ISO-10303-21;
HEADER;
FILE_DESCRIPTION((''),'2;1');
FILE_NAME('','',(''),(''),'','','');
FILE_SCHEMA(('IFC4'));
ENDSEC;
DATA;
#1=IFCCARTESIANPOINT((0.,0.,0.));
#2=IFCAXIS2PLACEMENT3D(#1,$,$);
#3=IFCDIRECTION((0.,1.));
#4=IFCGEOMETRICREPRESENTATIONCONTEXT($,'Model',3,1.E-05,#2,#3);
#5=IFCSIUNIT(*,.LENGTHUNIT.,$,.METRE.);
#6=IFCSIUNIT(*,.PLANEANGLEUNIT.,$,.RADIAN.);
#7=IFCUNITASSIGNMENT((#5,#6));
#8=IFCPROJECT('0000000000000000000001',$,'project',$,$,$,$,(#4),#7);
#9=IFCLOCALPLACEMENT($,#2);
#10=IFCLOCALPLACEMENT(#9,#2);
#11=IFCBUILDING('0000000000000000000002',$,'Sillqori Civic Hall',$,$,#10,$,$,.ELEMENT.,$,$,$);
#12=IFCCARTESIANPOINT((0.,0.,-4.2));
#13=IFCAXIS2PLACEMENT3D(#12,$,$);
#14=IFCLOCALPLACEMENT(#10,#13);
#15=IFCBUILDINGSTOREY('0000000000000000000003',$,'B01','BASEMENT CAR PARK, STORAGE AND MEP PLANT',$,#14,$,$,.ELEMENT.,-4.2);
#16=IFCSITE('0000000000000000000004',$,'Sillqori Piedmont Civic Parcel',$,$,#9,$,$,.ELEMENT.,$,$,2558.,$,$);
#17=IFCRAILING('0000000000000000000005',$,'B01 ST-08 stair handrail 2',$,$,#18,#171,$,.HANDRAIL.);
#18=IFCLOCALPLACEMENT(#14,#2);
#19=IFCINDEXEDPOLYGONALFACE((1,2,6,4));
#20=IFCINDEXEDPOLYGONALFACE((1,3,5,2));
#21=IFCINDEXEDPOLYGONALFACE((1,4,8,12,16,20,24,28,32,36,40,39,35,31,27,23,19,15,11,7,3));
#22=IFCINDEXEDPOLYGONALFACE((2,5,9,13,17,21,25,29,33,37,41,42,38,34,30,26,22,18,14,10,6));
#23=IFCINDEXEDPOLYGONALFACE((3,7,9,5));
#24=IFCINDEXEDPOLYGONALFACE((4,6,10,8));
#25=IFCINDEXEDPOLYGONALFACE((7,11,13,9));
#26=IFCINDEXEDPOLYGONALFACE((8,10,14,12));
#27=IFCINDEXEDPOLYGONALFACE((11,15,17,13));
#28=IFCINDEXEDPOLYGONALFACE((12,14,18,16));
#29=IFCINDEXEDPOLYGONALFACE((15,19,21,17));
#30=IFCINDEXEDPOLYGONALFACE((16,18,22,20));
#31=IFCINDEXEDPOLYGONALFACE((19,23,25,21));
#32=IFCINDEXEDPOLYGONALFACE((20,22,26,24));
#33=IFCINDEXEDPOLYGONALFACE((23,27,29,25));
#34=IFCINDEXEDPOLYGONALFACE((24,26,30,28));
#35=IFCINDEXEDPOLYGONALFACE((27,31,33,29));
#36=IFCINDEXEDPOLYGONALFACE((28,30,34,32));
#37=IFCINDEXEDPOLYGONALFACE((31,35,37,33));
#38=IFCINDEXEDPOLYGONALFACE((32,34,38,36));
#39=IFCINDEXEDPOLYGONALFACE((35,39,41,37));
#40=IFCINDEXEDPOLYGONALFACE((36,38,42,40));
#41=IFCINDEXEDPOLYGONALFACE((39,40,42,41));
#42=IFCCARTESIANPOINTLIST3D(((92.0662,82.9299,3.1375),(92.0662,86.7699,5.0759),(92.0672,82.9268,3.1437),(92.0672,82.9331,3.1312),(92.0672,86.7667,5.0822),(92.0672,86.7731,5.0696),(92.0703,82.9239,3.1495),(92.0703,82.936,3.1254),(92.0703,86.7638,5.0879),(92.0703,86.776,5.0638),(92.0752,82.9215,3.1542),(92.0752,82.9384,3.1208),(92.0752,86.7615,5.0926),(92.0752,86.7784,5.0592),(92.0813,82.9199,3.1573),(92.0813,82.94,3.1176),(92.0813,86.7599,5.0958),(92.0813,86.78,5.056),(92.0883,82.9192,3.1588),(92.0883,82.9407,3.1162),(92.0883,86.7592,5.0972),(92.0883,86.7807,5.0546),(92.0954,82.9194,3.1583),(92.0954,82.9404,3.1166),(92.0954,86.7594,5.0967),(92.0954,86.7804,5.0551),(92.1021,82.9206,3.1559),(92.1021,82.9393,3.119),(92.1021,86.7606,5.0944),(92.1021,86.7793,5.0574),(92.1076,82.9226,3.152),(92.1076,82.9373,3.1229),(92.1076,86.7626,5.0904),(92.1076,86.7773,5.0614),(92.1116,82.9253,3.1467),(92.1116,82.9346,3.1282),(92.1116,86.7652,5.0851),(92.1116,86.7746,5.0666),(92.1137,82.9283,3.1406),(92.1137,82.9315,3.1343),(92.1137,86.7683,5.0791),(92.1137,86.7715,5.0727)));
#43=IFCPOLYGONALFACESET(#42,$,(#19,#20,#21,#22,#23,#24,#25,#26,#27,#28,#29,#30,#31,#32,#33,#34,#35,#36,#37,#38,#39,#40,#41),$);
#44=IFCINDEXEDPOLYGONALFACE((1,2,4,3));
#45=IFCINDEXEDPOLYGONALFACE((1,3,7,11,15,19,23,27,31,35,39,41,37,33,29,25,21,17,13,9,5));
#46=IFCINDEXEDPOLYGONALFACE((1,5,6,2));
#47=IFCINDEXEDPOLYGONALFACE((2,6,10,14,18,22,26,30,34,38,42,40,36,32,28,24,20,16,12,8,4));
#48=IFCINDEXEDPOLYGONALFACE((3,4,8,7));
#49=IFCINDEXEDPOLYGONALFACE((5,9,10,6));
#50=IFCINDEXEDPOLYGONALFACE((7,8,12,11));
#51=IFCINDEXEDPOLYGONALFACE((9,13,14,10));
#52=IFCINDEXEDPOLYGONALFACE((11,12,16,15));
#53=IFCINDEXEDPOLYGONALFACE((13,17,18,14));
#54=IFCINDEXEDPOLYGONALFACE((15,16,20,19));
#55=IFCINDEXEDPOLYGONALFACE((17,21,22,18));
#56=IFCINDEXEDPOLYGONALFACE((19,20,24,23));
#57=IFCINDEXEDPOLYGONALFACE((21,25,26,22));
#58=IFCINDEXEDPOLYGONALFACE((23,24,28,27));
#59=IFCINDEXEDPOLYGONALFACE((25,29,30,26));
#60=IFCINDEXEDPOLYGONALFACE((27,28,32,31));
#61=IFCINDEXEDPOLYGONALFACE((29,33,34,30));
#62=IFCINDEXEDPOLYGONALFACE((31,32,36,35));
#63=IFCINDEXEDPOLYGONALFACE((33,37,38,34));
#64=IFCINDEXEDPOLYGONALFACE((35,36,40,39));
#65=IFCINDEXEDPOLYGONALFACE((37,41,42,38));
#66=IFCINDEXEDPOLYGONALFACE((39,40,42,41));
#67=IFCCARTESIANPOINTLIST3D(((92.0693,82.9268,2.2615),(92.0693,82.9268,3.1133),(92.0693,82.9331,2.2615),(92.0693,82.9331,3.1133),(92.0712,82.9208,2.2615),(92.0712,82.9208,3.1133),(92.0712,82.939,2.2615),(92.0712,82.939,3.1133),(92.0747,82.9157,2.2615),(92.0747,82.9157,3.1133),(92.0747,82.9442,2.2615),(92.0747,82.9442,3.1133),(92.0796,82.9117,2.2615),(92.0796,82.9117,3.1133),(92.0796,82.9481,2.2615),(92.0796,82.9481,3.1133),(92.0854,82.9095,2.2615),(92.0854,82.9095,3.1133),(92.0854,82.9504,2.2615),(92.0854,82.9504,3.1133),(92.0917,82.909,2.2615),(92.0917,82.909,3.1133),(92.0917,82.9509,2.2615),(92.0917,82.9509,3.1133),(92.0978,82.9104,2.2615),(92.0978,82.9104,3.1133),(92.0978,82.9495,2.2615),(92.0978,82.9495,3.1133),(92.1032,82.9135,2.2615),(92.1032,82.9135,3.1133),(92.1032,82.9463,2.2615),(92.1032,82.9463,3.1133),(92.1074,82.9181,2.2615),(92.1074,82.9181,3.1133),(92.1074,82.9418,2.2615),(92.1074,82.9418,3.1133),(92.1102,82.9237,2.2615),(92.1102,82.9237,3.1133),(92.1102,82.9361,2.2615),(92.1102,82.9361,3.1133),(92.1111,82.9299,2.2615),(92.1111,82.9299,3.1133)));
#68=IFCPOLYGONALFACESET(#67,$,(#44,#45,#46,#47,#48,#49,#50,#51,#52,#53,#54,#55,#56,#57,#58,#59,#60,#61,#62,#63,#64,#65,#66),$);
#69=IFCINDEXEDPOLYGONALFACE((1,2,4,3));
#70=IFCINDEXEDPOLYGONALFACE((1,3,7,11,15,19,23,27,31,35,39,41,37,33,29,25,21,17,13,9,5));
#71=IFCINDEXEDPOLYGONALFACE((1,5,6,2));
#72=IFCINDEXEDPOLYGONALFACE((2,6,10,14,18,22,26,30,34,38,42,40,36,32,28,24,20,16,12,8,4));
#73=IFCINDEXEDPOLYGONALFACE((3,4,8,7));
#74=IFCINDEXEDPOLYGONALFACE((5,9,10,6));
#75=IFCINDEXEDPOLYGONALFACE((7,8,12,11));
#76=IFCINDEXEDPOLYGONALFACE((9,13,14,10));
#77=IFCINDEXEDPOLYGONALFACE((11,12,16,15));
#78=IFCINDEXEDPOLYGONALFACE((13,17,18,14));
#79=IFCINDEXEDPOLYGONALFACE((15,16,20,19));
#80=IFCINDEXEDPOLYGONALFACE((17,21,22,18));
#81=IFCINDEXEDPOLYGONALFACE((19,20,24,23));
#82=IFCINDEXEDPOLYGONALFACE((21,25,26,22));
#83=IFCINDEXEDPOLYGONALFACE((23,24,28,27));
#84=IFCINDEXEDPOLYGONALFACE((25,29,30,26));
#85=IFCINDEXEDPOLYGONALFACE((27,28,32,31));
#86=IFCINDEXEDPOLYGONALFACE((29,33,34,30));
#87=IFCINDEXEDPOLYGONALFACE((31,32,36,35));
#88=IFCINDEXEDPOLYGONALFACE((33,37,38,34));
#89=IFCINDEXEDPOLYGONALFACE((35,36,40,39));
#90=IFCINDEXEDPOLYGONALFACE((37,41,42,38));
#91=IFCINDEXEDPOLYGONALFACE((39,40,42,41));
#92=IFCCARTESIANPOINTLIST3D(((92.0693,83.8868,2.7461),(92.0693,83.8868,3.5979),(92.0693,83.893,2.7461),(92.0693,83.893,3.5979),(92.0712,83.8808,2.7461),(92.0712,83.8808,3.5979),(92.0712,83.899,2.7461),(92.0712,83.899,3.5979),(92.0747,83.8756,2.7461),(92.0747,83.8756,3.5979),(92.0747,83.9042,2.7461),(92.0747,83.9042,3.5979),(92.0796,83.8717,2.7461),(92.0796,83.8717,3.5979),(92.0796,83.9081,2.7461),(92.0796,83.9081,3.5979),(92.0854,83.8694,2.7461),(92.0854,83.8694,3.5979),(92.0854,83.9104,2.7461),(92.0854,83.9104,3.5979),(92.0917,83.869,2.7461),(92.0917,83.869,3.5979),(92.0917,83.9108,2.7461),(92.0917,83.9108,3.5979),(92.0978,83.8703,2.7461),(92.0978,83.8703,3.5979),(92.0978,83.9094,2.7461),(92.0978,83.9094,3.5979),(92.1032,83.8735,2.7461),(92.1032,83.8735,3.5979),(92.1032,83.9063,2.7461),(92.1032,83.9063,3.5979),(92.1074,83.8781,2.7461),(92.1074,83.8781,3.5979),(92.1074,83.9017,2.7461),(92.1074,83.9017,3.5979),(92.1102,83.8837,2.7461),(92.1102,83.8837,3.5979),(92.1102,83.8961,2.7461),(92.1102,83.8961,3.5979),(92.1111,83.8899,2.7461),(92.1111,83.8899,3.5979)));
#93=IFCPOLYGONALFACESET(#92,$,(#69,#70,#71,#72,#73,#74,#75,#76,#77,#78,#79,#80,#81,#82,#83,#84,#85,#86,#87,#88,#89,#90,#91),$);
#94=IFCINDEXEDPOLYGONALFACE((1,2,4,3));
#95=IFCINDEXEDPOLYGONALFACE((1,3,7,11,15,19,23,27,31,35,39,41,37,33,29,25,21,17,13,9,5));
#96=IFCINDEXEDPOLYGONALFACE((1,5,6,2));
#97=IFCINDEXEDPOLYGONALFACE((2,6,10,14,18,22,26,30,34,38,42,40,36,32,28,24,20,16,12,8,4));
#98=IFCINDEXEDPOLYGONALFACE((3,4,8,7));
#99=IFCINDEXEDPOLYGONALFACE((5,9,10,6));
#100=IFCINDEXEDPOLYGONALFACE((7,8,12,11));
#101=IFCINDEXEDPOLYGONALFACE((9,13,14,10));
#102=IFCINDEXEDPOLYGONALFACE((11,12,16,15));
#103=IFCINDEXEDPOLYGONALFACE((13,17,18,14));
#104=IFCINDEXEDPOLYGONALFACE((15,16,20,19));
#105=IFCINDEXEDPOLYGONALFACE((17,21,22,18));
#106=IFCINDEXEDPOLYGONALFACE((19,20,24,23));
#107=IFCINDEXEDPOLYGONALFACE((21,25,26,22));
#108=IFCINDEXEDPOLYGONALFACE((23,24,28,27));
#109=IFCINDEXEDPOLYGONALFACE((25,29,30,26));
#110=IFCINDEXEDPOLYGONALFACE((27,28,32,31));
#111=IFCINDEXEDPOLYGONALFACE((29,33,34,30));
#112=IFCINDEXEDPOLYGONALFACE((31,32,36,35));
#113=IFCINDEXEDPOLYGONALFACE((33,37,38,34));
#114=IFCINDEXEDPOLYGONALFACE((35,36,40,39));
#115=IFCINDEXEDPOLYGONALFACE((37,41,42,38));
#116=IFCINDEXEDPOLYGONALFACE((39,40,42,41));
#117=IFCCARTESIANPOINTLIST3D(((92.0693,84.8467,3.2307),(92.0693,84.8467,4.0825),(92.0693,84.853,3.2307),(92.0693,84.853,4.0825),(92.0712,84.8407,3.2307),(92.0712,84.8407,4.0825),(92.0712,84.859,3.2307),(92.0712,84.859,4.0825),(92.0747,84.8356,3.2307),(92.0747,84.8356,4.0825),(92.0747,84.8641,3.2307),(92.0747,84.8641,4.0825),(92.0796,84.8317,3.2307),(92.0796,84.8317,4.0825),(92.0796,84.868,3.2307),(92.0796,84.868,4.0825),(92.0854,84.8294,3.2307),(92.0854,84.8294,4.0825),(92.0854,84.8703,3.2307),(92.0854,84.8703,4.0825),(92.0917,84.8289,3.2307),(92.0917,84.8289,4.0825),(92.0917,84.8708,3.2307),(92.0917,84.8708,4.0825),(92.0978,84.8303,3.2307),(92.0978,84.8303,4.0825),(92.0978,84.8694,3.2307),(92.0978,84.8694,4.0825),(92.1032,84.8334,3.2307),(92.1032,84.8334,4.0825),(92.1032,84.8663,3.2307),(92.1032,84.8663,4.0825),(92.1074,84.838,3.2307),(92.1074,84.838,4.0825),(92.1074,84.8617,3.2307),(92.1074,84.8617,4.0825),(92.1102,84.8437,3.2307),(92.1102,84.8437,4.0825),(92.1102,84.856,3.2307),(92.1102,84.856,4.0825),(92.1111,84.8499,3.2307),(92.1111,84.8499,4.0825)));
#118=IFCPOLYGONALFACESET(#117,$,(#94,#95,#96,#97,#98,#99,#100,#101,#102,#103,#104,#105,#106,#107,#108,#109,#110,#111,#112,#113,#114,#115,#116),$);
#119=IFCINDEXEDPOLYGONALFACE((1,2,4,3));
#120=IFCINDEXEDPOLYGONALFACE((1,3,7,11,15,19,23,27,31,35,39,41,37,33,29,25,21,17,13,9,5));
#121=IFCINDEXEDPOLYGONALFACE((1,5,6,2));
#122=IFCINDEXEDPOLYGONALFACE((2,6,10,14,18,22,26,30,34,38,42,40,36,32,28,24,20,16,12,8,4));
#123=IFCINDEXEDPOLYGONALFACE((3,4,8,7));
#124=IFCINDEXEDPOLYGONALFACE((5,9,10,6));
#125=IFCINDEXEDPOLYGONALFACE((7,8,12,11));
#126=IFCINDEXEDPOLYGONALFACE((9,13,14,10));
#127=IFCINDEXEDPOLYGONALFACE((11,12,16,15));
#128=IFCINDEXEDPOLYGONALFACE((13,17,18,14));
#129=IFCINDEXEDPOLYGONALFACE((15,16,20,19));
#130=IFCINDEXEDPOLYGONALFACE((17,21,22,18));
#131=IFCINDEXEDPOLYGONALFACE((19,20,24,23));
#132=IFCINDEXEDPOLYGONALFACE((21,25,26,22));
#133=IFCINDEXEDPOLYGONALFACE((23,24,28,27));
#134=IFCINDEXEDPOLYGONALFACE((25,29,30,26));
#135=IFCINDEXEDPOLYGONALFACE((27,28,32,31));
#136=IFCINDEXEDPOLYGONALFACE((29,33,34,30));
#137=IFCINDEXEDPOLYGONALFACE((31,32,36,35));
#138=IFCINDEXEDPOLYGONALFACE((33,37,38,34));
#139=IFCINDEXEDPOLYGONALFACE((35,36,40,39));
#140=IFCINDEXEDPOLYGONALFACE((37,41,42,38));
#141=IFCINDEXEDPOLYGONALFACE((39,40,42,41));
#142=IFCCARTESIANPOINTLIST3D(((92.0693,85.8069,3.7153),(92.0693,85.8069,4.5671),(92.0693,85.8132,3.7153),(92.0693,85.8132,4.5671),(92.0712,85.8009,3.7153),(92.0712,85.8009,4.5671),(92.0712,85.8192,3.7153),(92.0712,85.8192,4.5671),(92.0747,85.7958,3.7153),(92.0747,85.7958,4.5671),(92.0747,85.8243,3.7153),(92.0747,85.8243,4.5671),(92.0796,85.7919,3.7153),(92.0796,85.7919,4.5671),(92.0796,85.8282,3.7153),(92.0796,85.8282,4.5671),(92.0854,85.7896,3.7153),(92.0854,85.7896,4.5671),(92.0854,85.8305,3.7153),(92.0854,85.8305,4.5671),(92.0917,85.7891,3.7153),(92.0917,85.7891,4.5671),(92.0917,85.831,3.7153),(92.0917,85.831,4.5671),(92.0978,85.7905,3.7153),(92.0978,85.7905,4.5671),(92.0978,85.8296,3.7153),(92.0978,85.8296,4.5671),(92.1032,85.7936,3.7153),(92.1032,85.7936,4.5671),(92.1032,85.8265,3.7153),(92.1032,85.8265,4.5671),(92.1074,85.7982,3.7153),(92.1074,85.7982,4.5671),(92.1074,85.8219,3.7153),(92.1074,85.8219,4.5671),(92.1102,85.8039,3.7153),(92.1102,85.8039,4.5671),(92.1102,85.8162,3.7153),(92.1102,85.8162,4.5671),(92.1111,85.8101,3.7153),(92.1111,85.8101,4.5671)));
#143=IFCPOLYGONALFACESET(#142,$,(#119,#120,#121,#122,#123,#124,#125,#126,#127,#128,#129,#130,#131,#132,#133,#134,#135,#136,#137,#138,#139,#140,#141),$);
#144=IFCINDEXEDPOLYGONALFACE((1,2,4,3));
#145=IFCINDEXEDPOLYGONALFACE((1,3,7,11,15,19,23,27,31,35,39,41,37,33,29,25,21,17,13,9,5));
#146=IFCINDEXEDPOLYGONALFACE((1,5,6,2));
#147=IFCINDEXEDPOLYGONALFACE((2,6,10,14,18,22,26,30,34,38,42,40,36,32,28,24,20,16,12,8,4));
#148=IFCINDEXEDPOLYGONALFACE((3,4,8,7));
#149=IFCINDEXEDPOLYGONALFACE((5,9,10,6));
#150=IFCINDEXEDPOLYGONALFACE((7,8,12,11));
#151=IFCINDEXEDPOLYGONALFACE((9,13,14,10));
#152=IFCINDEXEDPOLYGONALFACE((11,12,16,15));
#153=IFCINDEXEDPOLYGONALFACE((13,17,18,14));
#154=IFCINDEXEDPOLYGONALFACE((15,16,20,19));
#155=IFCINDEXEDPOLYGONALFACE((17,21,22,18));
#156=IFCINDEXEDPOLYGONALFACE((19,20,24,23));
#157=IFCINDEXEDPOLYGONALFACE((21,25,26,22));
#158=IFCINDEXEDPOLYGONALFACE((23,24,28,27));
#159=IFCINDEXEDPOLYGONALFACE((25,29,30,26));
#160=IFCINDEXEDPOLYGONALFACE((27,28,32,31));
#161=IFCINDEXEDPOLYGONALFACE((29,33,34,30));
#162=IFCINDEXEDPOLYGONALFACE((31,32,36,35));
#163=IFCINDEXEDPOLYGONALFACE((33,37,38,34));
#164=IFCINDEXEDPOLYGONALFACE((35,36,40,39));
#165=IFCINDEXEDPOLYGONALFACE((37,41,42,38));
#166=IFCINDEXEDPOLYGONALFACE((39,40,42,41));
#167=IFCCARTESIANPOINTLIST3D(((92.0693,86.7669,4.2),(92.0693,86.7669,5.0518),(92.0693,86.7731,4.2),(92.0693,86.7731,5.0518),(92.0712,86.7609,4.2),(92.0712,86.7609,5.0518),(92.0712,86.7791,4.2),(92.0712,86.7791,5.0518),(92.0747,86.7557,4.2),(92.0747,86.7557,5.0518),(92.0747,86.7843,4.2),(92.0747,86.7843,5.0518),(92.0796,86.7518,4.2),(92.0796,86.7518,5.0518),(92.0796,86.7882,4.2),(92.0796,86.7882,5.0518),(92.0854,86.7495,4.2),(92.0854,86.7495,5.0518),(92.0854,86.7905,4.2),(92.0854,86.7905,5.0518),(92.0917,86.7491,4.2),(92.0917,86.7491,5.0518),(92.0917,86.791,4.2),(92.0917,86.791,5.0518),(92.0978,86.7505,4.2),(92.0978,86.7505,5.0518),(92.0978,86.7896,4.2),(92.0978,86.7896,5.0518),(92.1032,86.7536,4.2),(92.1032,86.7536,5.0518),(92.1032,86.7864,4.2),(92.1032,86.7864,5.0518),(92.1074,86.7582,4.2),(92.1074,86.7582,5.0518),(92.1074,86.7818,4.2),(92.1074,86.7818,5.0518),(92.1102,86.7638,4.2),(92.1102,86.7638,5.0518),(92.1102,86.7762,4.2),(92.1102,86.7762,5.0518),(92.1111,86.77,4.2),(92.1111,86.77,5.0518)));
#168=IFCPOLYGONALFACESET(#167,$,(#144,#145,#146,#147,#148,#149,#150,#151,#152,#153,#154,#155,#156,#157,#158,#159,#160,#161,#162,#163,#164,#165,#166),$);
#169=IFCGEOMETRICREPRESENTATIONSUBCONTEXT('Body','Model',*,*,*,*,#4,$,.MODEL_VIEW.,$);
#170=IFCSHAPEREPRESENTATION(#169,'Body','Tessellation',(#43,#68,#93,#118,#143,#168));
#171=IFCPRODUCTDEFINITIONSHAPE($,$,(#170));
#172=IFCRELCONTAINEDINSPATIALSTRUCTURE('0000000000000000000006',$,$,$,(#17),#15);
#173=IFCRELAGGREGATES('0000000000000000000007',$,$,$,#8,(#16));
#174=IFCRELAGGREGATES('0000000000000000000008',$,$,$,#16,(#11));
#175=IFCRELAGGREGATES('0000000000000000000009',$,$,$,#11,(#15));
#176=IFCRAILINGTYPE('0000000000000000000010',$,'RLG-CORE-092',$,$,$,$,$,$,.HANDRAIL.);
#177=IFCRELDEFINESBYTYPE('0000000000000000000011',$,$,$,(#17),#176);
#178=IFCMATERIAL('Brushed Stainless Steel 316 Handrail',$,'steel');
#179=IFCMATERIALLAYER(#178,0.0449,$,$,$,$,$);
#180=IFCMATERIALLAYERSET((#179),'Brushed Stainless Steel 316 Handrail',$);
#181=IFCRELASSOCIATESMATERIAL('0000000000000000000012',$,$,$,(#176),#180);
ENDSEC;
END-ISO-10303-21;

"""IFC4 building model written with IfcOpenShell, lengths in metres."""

from ifc_helpers import new_model, si_unit, direction, frame, origin, origin_2d, place, context, subcontext, project, spatial, circle, extrude, material, layer, layer_set, type_object, element, save


model = new_model("IFC4")

# Units and contexts
model_context = context("Model", 3, precision=1e-05, world=origin(), true_north=direction((0.0, 1.0)))
body_context = subcontext(model_context, "Body", "Model", "MODEL_VIEW")
ifc_project = project(units=[si_unit("LENGTHUNIT", "METRE"), si_unit("PLANEANGLEUNIT", "RADIAN")], contexts=[model_context])

# Site, building, storey
site_placement = place(None, origin())
site = spatial("IfcSite", under=ifc_project, at=site_placement, Name="Sillqori Piedmont Civic Parcel", CompositionType="ELEMENT", RefElevation=2558.0)
building_placement = place(site_placement, origin())
building = spatial("IfcBuilding", under=site, at=building_placement, Name="Sillqori Civic Hall", CompositionType="ELEMENT")
storey_placement = place(building_placement, frame((0.0, 0.0, -4.2)))
storey = spatial("IfcBuildingStorey", under=building, at=storey_placement, Name="B01", Description="BASEMENT CAR PARK, STORAGE AND MEP PLANT", CompositionType="ELEMENT", Elevation=-4.2)

# Railing
ifc_material_1 = material(Name="Brushed Stainless Steel 316 Handrail", Category="steel")
ifc_layer_1 = layer(ifc_material_1, 0.0449)
ifc_layer_set_1 = layer_set([ifc_layer_1], Name="Brushed Stainless Steel 316 Handrail")
railing_type_1 = type_object("IfcRailingType", Name="RLG-CORE-092", PredefinedType="HANDRAIL", material=ifc_layer_set_1)
railing_1_placement = place(storey_placement, frame((92.0901, 82.9299, 2.2615)))
element("IfcRailing", 1, at=railing_1_placement, inside=storey, type_object=railing_type_1, Name="B01 ST-08 stair handrail 2", PredefinedType="HANDRAIL", context=body_context, shape_type="SweptSolid", body=[
    extrude(circle(Radius=0.0239, at=origin_2d()), frame((0.0, 0.0, 0.876), z_axis=(0.0, 0.892707, 0.450638), x_axis=(-1.0, 0.0, 0.0)), (0.0, 0.0, 1.0), 4.3015),
    extrude(circle(Radius=0.021, at=origin_2d()), origin(), (0.0, 0.0, 1.0), 0.8518),
    extrude(circle(Radius=0.021, at=origin_2d()), frame((0.0, 0.96, 0.4846)), (0.0, 0.0, 1.0), 0.8518),
    extrude(circle(Radius=0.021, at=origin_2d()), frame((0.0, 1.9199, 0.9692)), (0.0, 0.0, 1.0), 0.8518),
    extrude(circle(Radius=0.021, at=origin_2d()), frame((0.0, 2.8801, 1.4539)), (0.0, 0.0, 1.0), 0.8518),
    extrude(circle(Radius=0.021, at=origin_2d()), frame((0.0, 3.8401, 1.9385)), (0.0, 0.0, 1.0), 0.8518),
])

save(model, "model.ifc")
